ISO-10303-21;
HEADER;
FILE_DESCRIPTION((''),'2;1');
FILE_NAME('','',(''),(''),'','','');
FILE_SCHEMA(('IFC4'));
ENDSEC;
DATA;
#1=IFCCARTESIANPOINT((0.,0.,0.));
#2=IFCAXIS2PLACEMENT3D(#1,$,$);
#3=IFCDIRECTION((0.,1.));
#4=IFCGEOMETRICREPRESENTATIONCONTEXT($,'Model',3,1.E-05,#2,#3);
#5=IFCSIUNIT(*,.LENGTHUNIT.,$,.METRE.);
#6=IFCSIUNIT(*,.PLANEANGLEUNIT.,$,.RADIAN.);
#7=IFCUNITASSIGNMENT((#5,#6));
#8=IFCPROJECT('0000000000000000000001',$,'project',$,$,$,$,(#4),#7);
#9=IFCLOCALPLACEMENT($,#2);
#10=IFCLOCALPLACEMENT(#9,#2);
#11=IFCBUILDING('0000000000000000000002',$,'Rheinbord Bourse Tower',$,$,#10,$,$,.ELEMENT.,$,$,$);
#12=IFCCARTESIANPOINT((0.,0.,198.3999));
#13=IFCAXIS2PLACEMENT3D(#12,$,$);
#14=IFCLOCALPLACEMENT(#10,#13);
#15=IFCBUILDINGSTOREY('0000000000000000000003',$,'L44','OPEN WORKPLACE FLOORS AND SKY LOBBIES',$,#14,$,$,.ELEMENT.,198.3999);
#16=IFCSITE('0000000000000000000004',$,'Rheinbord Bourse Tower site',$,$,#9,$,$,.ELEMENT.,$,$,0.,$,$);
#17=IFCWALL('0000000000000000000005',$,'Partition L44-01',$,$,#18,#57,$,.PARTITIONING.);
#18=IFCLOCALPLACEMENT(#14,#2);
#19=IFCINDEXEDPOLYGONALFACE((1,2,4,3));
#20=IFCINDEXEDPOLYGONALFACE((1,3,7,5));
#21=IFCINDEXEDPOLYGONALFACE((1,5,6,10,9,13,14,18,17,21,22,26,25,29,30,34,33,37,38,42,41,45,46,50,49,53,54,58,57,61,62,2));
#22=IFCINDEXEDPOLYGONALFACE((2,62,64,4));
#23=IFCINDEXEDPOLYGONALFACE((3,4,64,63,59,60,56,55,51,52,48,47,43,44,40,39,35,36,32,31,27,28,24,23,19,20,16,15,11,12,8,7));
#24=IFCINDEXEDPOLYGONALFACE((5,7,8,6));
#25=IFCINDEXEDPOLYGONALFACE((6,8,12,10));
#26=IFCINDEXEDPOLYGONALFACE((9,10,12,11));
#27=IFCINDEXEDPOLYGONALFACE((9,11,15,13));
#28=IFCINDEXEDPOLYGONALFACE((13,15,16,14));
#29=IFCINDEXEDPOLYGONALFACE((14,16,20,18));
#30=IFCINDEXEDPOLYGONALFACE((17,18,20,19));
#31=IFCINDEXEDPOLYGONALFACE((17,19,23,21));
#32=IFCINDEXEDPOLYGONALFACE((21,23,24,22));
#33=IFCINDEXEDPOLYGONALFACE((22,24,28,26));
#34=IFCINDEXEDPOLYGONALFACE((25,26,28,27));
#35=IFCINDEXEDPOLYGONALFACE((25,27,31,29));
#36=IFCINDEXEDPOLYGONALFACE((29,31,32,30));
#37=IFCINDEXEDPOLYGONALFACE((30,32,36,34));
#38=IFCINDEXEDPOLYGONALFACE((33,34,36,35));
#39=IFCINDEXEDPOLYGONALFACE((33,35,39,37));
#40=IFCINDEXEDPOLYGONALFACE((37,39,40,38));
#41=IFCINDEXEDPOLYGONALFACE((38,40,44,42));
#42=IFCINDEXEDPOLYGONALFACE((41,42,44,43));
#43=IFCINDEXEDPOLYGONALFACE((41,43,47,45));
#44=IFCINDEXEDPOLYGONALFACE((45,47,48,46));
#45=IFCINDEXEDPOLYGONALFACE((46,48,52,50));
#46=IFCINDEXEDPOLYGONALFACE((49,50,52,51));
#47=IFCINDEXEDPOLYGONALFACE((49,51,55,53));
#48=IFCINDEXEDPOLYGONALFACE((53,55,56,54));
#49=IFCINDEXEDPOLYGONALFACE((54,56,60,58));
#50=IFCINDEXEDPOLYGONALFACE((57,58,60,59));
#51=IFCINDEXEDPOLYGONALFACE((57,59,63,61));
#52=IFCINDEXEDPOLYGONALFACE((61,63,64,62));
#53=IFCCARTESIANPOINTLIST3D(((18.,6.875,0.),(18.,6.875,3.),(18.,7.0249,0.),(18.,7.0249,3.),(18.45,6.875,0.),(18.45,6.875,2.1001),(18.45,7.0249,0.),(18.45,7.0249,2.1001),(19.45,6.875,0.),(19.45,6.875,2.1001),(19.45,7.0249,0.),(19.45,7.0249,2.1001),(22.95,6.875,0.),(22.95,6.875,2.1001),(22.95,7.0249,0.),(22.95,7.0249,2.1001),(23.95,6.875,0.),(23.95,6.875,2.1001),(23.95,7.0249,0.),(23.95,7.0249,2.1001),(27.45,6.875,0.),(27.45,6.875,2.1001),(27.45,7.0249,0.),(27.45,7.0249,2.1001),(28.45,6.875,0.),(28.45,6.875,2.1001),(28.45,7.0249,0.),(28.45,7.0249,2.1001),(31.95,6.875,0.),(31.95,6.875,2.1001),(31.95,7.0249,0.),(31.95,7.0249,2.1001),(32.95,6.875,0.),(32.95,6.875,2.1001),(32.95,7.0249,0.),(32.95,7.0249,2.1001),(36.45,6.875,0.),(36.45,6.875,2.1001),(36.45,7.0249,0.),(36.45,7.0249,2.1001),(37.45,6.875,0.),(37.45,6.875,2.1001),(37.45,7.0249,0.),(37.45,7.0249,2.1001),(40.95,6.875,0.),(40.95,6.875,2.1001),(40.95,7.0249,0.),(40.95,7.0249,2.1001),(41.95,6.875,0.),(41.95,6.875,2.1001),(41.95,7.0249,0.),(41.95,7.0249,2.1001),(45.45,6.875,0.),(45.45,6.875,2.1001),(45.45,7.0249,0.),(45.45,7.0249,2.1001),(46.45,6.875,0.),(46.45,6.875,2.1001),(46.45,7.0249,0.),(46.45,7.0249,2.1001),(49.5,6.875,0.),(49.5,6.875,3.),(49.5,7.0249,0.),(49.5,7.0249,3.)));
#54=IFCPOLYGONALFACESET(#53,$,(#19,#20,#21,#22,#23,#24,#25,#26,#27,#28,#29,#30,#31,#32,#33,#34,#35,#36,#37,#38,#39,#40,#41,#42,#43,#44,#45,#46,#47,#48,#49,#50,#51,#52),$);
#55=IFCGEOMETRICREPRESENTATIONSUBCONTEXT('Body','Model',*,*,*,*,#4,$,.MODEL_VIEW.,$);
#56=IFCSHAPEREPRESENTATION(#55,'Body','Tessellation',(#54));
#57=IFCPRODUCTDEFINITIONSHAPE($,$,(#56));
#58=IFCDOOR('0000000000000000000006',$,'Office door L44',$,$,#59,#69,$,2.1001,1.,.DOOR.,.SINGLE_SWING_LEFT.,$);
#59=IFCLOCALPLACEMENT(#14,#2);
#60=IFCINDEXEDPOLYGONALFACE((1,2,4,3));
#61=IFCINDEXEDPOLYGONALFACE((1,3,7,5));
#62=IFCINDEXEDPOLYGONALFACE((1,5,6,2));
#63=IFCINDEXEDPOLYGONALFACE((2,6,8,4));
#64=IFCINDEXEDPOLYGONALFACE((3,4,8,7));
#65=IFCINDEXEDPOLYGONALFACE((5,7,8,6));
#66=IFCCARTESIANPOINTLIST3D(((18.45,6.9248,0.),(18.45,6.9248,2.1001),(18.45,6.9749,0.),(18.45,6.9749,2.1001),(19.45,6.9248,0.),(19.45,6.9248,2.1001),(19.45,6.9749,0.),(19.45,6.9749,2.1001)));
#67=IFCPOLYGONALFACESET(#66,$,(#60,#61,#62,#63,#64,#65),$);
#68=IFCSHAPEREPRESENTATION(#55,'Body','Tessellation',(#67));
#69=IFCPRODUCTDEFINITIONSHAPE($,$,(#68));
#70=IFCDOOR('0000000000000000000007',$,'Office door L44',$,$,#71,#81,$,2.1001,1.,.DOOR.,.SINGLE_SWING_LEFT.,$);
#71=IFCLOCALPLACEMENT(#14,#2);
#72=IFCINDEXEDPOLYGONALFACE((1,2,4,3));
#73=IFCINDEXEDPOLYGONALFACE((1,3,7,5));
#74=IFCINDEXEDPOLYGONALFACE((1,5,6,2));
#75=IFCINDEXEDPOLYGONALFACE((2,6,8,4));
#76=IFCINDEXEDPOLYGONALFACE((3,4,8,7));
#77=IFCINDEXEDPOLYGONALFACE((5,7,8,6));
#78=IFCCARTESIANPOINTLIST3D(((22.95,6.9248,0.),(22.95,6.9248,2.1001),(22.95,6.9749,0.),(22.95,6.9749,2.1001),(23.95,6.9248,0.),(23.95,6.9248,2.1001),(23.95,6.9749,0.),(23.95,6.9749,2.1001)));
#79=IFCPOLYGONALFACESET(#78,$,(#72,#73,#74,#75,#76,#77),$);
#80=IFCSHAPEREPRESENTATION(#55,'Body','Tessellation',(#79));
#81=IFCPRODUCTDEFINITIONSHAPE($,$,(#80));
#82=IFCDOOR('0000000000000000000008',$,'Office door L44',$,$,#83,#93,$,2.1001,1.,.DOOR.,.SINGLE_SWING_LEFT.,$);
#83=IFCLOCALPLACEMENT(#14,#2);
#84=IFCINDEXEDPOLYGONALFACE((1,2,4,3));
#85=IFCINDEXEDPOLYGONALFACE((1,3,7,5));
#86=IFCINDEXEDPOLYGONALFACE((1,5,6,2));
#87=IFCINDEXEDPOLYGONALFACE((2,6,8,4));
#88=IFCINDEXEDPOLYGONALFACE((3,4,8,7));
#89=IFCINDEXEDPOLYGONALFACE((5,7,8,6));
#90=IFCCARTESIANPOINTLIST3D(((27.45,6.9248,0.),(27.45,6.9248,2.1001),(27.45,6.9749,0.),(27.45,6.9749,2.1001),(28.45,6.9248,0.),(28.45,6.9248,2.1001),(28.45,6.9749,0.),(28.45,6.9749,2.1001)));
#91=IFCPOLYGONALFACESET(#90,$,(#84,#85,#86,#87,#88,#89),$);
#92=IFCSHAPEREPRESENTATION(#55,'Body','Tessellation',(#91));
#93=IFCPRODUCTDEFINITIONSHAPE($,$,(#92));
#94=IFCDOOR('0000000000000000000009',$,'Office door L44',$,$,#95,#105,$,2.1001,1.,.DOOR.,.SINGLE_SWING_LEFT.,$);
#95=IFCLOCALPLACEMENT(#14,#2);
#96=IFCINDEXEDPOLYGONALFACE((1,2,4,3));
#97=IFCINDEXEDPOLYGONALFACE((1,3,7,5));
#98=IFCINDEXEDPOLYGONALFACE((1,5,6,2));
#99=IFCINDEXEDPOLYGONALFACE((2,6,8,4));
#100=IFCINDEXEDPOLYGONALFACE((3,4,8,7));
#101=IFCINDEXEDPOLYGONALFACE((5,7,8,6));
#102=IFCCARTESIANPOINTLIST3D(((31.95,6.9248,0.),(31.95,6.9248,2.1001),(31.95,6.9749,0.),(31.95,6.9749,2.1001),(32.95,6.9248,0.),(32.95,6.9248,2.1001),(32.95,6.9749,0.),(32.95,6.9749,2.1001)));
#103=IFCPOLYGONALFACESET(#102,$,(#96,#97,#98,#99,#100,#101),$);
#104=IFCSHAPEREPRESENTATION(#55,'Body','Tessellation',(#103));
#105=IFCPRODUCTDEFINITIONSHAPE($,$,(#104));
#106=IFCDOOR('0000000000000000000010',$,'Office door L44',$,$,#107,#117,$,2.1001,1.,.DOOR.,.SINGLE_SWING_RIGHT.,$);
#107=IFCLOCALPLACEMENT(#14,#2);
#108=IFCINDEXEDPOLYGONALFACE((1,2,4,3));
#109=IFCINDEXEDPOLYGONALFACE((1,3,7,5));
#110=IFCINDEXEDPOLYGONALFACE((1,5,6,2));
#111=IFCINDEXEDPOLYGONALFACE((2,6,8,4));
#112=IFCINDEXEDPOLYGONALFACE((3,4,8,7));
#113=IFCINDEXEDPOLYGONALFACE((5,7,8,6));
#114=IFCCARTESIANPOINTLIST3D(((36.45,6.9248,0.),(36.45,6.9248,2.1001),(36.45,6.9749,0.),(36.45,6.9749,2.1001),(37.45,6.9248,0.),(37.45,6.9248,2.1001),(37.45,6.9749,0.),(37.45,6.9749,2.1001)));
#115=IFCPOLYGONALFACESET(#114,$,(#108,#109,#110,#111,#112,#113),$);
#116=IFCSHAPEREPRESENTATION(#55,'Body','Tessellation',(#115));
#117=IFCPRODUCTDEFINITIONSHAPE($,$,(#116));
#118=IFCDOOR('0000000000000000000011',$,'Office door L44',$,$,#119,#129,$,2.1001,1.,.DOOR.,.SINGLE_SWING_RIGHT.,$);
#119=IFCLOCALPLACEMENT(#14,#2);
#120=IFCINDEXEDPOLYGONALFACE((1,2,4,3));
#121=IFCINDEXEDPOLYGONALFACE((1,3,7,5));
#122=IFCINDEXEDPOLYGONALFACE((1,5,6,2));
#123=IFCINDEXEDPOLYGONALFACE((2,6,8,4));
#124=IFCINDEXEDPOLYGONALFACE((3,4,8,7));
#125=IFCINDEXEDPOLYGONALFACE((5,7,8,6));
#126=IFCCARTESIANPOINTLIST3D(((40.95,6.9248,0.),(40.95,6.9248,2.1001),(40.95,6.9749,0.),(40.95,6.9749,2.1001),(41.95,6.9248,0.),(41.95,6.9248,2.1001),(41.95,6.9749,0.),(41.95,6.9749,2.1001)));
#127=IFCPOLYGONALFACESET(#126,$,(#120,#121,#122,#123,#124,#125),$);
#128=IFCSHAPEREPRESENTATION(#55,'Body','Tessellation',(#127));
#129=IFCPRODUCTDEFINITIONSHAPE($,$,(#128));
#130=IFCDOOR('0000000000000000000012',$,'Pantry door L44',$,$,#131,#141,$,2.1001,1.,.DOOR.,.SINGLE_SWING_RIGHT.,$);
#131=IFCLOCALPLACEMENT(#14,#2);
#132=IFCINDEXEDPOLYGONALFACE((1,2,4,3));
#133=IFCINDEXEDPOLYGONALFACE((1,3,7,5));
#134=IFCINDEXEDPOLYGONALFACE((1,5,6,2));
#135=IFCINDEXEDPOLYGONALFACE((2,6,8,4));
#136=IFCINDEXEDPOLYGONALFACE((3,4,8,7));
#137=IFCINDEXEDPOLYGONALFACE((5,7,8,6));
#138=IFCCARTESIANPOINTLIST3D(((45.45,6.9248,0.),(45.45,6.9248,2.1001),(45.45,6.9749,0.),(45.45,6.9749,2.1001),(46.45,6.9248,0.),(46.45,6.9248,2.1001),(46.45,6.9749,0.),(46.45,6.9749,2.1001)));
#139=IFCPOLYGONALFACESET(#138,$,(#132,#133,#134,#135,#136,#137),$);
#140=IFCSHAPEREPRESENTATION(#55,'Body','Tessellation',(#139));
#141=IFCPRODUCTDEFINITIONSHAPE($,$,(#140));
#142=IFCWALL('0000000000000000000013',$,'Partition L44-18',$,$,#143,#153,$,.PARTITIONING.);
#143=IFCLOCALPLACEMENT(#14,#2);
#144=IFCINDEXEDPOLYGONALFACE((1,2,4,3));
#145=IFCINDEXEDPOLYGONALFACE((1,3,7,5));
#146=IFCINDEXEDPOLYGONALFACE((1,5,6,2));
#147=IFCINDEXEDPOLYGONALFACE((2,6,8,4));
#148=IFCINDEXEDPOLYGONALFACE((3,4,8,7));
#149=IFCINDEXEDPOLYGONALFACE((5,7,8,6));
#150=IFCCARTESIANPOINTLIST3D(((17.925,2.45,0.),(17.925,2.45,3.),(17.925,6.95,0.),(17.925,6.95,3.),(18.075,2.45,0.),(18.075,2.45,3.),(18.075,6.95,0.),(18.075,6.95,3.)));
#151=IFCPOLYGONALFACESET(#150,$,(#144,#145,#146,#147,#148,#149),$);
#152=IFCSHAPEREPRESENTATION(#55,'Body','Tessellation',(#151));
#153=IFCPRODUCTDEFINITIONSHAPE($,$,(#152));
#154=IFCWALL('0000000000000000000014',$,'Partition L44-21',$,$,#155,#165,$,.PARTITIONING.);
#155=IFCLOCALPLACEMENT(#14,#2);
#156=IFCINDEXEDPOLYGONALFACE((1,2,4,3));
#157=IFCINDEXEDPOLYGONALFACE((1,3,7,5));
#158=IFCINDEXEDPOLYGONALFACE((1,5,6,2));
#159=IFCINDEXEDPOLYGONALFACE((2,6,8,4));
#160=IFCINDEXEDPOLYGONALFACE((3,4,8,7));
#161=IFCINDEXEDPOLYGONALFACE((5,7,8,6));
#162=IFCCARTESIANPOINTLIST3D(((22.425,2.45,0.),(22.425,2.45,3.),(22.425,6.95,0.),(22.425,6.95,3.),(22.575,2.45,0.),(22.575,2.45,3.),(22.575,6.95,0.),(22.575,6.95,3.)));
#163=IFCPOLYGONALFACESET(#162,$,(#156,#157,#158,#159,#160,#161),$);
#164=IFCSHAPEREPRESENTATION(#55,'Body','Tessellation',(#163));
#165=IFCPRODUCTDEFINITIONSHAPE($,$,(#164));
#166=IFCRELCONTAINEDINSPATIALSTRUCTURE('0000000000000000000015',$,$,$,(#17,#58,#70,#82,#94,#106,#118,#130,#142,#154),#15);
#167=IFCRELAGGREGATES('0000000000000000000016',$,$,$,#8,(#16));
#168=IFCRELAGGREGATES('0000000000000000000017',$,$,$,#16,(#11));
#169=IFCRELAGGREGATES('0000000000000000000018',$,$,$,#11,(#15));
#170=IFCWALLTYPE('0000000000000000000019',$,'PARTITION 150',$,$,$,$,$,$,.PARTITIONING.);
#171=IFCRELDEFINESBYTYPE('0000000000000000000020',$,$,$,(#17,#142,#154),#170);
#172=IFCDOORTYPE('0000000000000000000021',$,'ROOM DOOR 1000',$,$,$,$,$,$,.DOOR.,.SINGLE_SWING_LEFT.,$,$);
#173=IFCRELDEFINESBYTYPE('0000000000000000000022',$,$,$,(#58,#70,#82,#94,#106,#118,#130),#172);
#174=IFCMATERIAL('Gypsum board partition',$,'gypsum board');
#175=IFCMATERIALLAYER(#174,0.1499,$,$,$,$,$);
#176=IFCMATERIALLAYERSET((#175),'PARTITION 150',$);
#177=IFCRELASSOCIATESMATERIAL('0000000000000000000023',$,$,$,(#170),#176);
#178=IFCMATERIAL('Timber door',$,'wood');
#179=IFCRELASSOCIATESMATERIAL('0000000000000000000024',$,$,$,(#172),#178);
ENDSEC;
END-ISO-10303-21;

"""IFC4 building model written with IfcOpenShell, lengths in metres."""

from ifc_helpers import new_model, si_unit, direction, frame, frame_2d, origin, place, context, subcontext, project, spatial, rectangle, extrude, material, layer, layer_set, type_object, element, fill, save


model = new_model("IFC4")

# Units and contexts
model_context = context("Model", 3, precision=1e-05, world=origin(), true_north=direction((0.0, 1.0)))
body_context = subcontext(model_context, "Body", "Model", "MODEL_VIEW")
ifc_project = project(units=[si_unit("LENGTHUNIT", "METRE"), si_unit("PLANEANGLEUNIT", "RADIAN")], contexts=[model_context])

# Site, building, storey
site_placement = place(None, origin())
site = spatial("IfcSite", under=ifc_project, at=site_placement, Name="Rheinbord Bourse Tower site", CompositionType="ELEMENT", RefElevation=0.0)
building_placement = place(site_placement, origin())
building = spatial("IfcBuilding", under=site, at=building_placement, Name="Rheinbord Bourse Tower", CompositionType="ELEMENT")
storey_placement = place(building_placement, frame((0.0, 0.0, 198.3999)))
storey = spatial("IfcBuildingStorey", under=building, at=storey_placement, Name="L44", Description="OPEN WORKPLACE FLOORS AND SKY LOBBIES", CompositionType="ELEMENT", Elevation=198.3999)

# Wall, openings, doors
ifc_material_1 = material(Name="Gypsum board partition", Category="gypsum board")
ifc_layer_1 = layer(ifc_material_1, 0.1499)
ifc_layer_set_1 = layer_set([ifc_layer_1], Name="PARTITION 150")
wall_type_1 = type_object("IfcWallType", Name="PARTITION 150", PredefinedType="PARTITIONING", material=ifc_layer_set_1)
wall_1_placement = place(storey_placement, frame((18.0, 6.95, 0.0), z_axis=(0.0, 0.0, 1.0), x_axis=(1.0, 0.0, 0.0)))
wall_1 = element("IfcWall", 1, at=wall_1_placement, inside=storey, type_object=wall_type_1, Name="Partition L44-01", PredefinedType="PARTITIONING", context=body_context, shape_type="SweptSolid", body=[
    extrude(rectangle(XDim=31.5, YDim=0.1499, at=frame_2d((15.75, 0.0))), origin(), (0.0, 0.0, 1.0), 3.0),
])
opening_1_placement = place(wall_1_placement, frame((0.45, 0.0, 0.0)))
opening_1 = element("IfcOpeningElement", 2, at=opening_1_placement, cuts=wall_1, PredefinedType="OPENING", context=body_context, shape_type="SweptSolid", body=[
    extrude(rectangle(XDim=1.0, YDim=2.1001, at=frame_2d((0.5, 1.05))), frame((0.0, 0.085, 0.0), z_axis=(0.0, -1.0, 0.0), x_axis=(1.0, 0.0, 0.0)), (0.0, 0.0, 1.0), 0.1699),
])
opening_2_placement = place(wall_1_placement, frame((4.95, 0.0, 0.0)))
opening_2 = element("IfcOpeningElement", 3, at=opening_2_placement, cuts=wall_1, PredefinedType="OPENING", context=body_context, shape_type="SweptSolid", body=[
    extrude(rectangle(XDim=1.0, YDim=2.1001, at=frame_2d((0.5, 1.05))), frame((0.0, 0.085, 0.0), z_axis=(0.0, -1.0, 0.0), x_axis=(1.0, 0.0, 0.0)), (0.0, 0.0, 1.0), 0.1699),
])
opening_3_placement = place(wall_1_placement, frame((9.45, 0.0, 0.0)))
opening_3 = element("IfcOpeningElement", 4, at=opening_3_placement, cuts=wall_1, PredefinedType="OPENING", context=body_context, shape_type="SweptSolid", body=[
    extrude(rectangle(XDim=1.0, YDim=2.1001, at=frame_2d((0.5, 1.05))), frame((0.0, 0.085, 0.0), z_axis=(0.0, -1.0, 0.0), x_axis=(1.0, 0.0, 0.0)), (0.0, 0.0, 1.0), 0.1699),
])
opening_4_placement = place(wall_1_placement, frame((13.95, 0.0, 0.0)))
opening_4 = element("IfcOpeningElement", 5, at=opening_4_placement, cuts=wall_1, PredefinedType="OPENING", context=body_context, shape_type="SweptSolid", body=[
    extrude(rectangle(XDim=1.0, YDim=2.1001, at=frame_2d((0.5, 1.05))), frame((0.0, 0.085, 0.0), z_axis=(0.0, -1.0, 0.0), x_axis=(1.0, 0.0, 0.0)), (0.0, 0.0, 1.0), 0.1699),
])
opening_5_placement = place(wall_1_placement, frame((18.45, 0.0, 0.0)))
opening_5 = element("IfcOpeningElement", 6, at=opening_5_placement, cuts=wall_1, PredefinedType="OPENING", context=body_context, shape_type="SweptSolid", body=[
    extrude(rectangle(XDim=1.0, YDim=2.1001, at=frame_2d((0.5, 1.05))), frame((0.0, 0.085, 0.0), z_axis=(0.0, -1.0, 0.0), x_axis=(1.0, 0.0, 0.0)), (0.0, 0.0, 1.0), 0.1699),
])
opening_6_placement = place(wall_1_placement, frame((22.95, 0.0, 0.0)))
opening_6 = element("IfcOpeningElement", 7, at=opening_6_placement, cuts=wall_1, PredefinedType="OPENING", context=body_context, shape_type="SweptSolid", body=[
    extrude(rectangle(XDim=1.0, YDim=2.1001, at=frame_2d((0.5, 1.05))), frame((0.0, 0.085, 0.0), z_axis=(0.0, -1.0, 0.0), x_axis=(1.0, 0.0, 0.0)), (0.0, 0.0, 1.0), 0.1699),
])
opening_7_placement = place(wall_1_placement, frame((27.45, 0.0, 0.0)))
opening_7 = element("IfcOpeningElement", 8, at=opening_7_placement, cuts=wall_1, PredefinedType="OPENING", context=body_context, shape_type="SweptSolid", body=[
    extrude(rectangle(XDim=1.0, YDim=2.1001, at=frame_2d((0.5, 1.05))), frame((0.0, 0.085, 0.0), z_axis=(0.0, -1.0, 0.0), x_axis=(1.0, 0.0, 0.0)), (0.0, 0.0, 1.0), 0.1699),
])
ifc_material_2 = material(Name="Timber door", Category="wood")
door_type_1 = type_object("IfcDoorType", Name="ROOM DOOR 1000", OperationType="SINGLE_SWING_LEFT", PredefinedType="DOOR", material=ifc_material_2)
door_1_placement = place(opening_1_placement, origin())
door_1 = element("IfcDoor", 9, at=door_1_placement, inside=storey, type_object=door_type_1, Name="Office door L44", OperationType="SINGLE_SWING_LEFT", OverallHeight=2.1001, OverallWidth=1.0, PredefinedType="DOOR", context=body_context, shape_type="SweptSolid", body=[
    extrude(rectangle(XDim=1.0, YDim=2.1001, at=frame_2d((0.5, 1.05))), frame((0.0, 0.0249, 0.0), z_axis=(0.0, -1.0, 0.0), x_axis=(1.0, 0.0, 0.0)), (0.0, 0.0, 1.0), 0.05),
])
fill(opening_1, door_1)
door_2_placement = place(opening_2_placement, origin())
door_2 = element("IfcDoor", 10, at=door_2_placement, inside=storey, type_object=door_type_1, Name="Office door L44", OperationType="SINGLE_SWING_LEFT", OverallHeight=2.1001, OverallWidth=1.0, PredefinedType="DOOR", context=body_context, shape_type="SweptSolid", body=[
    extrude(rectangle(XDim=1.0, YDim=2.1001, at=frame_2d((0.5, 1.05))), frame((0.0, 0.0249, 0.0), z_axis=(0.0, -1.0, 0.0), x_axis=(1.0, 0.0, 0.0)), (0.0, 0.0, 1.0), 0.05),
])
fill(opening_2, door_2)
door_3_placement = place(opening_3_placement, origin())
door_3 = element("IfcDoor", 11, at=door_3_placement, inside=storey, type_object=door_type_1, Name="Office door L44", OperationType="SINGLE_SWING_LEFT", OverallHeight=2.1001, OverallWidth=1.0, PredefinedType="DOOR", context=body_context, shape_type="SweptSolid", body=[
    extrude(rectangle(XDim=1.0, YDim=2.1001, at=frame_2d((0.5, 1.05))), frame((0.0, 0.0249, 0.0), z_axis=(0.0, -1.0, 0.0), x_axis=(1.0, 0.0, 0.0)), (0.0, 0.0, 1.0), 0.05),
])
fill(opening_3, door_3)
door_4_placement = place(opening_4_placement, origin())
door_4 = element("IfcDoor", 12, at=door_4_placement, inside=storey, type_object=door_type_1, Name="Office door L44", OperationType="SINGLE_SWING_LEFT", OverallHeight=2.1001, OverallWidth=1.0, PredefinedType="DOOR", context=body_context, shape_type="SweptSolid", body=[
    extrude(rectangle(XDim=1.0, YDim=2.1001, at=frame_2d((0.5, 1.05))), frame((0.0, 0.0249, 0.0), z_axis=(0.0, -1.0, 0.0), x_axis=(1.0, 0.0, 0.0)), (0.0, 0.0, 1.0), 0.05),
])
fill(opening_4, door_4)
door_5_placement = place(opening_5_placement, origin())
door_5 = element("IfcDoor", 13, at=door_5_placement, inside=storey, type_object=door_type_1, Name="Office door L44", OperationType="SINGLE_SWING_RIGHT", OverallHeight=2.1001, OverallWidth=1.0, PredefinedType="DOOR", context=body_context, shape_type="SweptSolid", body=[
    extrude(rectangle(XDim=1.0, YDim=2.1001, at=frame_2d((0.5, 1.05))), frame((0.0, 0.0249, 0.0), z_axis=(0.0, -1.0, 0.0), x_axis=(1.0, 0.0, 0.0)), (0.0, 0.0, 1.0), 0.05),
])
fill(opening_5, door_5)
door_6_placement = place(opening_6_placement, origin())
door_6 = element("IfcDoor", 14, at=door_6_placement, inside=storey, type_object=door_type_1, Name="Office door L44", OperationType="SINGLE_SWING_RIGHT", OverallHeight=2.1001, OverallWidth=1.0, PredefinedType="DOOR", context=body_context, shape_type="SweptSolid", body=[
    extrude(rectangle(XDim=1.0, YDim=2.1001, at=frame_2d((0.5, 1.05))), frame((0.0, 0.0249, 0.0), z_axis=(0.0, -1.0, 0.0), x_axis=(1.0, 0.0, 0.0)), (0.0, 0.0, 1.0), 0.05),
])
fill(opening_6, door_6)
door_7_placement = place(opening_7_placement, origin())
door_7 = element("IfcDoor", 15, at=door_7_placement, inside=storey, type_object=door_type_1, Name="Pantry door L44", OperationType="SINGLE_SWING_RIGHT", OverallHeight=2.1001, OverallWidth=1.0, PredefinedType="DOOR", context=body_context, shape_type="SweptSolid", body=[
    extrude(rectangle(XDim=1.0, YDim=2.1001, at=frame_2d((0.5, 1.05))), frame((0.0, 0.0249, 0.0), z_axis=(0.0, -1.0, 0.0), x_axis=(1.0, 0.0, 0.0)), (0.0, 0.0, 1.0), 0.05),
])
fill(opening_7, door_7)

# Walls
for number, where, z_axis, x_axis, name in (
    (16, (18.0, 2.45, 0.0), (0.0, 0.0, 1.0), (0.0, 1.0, 0.0), "Partition L44-18"),
    (17, (22.5, 2.45, 0.0), (0.0, 0.0, 1.0), (0.0, 1.0, 0.0), "Partition L44-21"),
):
    element("IfcWall", number, at=place(storey_placement, frame(where, z_axis=z_axis, x_axis=x_axis)), inside=storey, type_object=wall_type_1, Name=name, PredefinedType="PARTITIONING", context=body_context, shape_type="SweptSolid", body=[
        extrude(rectangle(XDim=4.5, YDim=0.1499, at=frame_2d((2.25, 0.0))), origin(), (0.0, 0.0, 1.0), 3.0),
    ])

save(model, "model.ifc")
